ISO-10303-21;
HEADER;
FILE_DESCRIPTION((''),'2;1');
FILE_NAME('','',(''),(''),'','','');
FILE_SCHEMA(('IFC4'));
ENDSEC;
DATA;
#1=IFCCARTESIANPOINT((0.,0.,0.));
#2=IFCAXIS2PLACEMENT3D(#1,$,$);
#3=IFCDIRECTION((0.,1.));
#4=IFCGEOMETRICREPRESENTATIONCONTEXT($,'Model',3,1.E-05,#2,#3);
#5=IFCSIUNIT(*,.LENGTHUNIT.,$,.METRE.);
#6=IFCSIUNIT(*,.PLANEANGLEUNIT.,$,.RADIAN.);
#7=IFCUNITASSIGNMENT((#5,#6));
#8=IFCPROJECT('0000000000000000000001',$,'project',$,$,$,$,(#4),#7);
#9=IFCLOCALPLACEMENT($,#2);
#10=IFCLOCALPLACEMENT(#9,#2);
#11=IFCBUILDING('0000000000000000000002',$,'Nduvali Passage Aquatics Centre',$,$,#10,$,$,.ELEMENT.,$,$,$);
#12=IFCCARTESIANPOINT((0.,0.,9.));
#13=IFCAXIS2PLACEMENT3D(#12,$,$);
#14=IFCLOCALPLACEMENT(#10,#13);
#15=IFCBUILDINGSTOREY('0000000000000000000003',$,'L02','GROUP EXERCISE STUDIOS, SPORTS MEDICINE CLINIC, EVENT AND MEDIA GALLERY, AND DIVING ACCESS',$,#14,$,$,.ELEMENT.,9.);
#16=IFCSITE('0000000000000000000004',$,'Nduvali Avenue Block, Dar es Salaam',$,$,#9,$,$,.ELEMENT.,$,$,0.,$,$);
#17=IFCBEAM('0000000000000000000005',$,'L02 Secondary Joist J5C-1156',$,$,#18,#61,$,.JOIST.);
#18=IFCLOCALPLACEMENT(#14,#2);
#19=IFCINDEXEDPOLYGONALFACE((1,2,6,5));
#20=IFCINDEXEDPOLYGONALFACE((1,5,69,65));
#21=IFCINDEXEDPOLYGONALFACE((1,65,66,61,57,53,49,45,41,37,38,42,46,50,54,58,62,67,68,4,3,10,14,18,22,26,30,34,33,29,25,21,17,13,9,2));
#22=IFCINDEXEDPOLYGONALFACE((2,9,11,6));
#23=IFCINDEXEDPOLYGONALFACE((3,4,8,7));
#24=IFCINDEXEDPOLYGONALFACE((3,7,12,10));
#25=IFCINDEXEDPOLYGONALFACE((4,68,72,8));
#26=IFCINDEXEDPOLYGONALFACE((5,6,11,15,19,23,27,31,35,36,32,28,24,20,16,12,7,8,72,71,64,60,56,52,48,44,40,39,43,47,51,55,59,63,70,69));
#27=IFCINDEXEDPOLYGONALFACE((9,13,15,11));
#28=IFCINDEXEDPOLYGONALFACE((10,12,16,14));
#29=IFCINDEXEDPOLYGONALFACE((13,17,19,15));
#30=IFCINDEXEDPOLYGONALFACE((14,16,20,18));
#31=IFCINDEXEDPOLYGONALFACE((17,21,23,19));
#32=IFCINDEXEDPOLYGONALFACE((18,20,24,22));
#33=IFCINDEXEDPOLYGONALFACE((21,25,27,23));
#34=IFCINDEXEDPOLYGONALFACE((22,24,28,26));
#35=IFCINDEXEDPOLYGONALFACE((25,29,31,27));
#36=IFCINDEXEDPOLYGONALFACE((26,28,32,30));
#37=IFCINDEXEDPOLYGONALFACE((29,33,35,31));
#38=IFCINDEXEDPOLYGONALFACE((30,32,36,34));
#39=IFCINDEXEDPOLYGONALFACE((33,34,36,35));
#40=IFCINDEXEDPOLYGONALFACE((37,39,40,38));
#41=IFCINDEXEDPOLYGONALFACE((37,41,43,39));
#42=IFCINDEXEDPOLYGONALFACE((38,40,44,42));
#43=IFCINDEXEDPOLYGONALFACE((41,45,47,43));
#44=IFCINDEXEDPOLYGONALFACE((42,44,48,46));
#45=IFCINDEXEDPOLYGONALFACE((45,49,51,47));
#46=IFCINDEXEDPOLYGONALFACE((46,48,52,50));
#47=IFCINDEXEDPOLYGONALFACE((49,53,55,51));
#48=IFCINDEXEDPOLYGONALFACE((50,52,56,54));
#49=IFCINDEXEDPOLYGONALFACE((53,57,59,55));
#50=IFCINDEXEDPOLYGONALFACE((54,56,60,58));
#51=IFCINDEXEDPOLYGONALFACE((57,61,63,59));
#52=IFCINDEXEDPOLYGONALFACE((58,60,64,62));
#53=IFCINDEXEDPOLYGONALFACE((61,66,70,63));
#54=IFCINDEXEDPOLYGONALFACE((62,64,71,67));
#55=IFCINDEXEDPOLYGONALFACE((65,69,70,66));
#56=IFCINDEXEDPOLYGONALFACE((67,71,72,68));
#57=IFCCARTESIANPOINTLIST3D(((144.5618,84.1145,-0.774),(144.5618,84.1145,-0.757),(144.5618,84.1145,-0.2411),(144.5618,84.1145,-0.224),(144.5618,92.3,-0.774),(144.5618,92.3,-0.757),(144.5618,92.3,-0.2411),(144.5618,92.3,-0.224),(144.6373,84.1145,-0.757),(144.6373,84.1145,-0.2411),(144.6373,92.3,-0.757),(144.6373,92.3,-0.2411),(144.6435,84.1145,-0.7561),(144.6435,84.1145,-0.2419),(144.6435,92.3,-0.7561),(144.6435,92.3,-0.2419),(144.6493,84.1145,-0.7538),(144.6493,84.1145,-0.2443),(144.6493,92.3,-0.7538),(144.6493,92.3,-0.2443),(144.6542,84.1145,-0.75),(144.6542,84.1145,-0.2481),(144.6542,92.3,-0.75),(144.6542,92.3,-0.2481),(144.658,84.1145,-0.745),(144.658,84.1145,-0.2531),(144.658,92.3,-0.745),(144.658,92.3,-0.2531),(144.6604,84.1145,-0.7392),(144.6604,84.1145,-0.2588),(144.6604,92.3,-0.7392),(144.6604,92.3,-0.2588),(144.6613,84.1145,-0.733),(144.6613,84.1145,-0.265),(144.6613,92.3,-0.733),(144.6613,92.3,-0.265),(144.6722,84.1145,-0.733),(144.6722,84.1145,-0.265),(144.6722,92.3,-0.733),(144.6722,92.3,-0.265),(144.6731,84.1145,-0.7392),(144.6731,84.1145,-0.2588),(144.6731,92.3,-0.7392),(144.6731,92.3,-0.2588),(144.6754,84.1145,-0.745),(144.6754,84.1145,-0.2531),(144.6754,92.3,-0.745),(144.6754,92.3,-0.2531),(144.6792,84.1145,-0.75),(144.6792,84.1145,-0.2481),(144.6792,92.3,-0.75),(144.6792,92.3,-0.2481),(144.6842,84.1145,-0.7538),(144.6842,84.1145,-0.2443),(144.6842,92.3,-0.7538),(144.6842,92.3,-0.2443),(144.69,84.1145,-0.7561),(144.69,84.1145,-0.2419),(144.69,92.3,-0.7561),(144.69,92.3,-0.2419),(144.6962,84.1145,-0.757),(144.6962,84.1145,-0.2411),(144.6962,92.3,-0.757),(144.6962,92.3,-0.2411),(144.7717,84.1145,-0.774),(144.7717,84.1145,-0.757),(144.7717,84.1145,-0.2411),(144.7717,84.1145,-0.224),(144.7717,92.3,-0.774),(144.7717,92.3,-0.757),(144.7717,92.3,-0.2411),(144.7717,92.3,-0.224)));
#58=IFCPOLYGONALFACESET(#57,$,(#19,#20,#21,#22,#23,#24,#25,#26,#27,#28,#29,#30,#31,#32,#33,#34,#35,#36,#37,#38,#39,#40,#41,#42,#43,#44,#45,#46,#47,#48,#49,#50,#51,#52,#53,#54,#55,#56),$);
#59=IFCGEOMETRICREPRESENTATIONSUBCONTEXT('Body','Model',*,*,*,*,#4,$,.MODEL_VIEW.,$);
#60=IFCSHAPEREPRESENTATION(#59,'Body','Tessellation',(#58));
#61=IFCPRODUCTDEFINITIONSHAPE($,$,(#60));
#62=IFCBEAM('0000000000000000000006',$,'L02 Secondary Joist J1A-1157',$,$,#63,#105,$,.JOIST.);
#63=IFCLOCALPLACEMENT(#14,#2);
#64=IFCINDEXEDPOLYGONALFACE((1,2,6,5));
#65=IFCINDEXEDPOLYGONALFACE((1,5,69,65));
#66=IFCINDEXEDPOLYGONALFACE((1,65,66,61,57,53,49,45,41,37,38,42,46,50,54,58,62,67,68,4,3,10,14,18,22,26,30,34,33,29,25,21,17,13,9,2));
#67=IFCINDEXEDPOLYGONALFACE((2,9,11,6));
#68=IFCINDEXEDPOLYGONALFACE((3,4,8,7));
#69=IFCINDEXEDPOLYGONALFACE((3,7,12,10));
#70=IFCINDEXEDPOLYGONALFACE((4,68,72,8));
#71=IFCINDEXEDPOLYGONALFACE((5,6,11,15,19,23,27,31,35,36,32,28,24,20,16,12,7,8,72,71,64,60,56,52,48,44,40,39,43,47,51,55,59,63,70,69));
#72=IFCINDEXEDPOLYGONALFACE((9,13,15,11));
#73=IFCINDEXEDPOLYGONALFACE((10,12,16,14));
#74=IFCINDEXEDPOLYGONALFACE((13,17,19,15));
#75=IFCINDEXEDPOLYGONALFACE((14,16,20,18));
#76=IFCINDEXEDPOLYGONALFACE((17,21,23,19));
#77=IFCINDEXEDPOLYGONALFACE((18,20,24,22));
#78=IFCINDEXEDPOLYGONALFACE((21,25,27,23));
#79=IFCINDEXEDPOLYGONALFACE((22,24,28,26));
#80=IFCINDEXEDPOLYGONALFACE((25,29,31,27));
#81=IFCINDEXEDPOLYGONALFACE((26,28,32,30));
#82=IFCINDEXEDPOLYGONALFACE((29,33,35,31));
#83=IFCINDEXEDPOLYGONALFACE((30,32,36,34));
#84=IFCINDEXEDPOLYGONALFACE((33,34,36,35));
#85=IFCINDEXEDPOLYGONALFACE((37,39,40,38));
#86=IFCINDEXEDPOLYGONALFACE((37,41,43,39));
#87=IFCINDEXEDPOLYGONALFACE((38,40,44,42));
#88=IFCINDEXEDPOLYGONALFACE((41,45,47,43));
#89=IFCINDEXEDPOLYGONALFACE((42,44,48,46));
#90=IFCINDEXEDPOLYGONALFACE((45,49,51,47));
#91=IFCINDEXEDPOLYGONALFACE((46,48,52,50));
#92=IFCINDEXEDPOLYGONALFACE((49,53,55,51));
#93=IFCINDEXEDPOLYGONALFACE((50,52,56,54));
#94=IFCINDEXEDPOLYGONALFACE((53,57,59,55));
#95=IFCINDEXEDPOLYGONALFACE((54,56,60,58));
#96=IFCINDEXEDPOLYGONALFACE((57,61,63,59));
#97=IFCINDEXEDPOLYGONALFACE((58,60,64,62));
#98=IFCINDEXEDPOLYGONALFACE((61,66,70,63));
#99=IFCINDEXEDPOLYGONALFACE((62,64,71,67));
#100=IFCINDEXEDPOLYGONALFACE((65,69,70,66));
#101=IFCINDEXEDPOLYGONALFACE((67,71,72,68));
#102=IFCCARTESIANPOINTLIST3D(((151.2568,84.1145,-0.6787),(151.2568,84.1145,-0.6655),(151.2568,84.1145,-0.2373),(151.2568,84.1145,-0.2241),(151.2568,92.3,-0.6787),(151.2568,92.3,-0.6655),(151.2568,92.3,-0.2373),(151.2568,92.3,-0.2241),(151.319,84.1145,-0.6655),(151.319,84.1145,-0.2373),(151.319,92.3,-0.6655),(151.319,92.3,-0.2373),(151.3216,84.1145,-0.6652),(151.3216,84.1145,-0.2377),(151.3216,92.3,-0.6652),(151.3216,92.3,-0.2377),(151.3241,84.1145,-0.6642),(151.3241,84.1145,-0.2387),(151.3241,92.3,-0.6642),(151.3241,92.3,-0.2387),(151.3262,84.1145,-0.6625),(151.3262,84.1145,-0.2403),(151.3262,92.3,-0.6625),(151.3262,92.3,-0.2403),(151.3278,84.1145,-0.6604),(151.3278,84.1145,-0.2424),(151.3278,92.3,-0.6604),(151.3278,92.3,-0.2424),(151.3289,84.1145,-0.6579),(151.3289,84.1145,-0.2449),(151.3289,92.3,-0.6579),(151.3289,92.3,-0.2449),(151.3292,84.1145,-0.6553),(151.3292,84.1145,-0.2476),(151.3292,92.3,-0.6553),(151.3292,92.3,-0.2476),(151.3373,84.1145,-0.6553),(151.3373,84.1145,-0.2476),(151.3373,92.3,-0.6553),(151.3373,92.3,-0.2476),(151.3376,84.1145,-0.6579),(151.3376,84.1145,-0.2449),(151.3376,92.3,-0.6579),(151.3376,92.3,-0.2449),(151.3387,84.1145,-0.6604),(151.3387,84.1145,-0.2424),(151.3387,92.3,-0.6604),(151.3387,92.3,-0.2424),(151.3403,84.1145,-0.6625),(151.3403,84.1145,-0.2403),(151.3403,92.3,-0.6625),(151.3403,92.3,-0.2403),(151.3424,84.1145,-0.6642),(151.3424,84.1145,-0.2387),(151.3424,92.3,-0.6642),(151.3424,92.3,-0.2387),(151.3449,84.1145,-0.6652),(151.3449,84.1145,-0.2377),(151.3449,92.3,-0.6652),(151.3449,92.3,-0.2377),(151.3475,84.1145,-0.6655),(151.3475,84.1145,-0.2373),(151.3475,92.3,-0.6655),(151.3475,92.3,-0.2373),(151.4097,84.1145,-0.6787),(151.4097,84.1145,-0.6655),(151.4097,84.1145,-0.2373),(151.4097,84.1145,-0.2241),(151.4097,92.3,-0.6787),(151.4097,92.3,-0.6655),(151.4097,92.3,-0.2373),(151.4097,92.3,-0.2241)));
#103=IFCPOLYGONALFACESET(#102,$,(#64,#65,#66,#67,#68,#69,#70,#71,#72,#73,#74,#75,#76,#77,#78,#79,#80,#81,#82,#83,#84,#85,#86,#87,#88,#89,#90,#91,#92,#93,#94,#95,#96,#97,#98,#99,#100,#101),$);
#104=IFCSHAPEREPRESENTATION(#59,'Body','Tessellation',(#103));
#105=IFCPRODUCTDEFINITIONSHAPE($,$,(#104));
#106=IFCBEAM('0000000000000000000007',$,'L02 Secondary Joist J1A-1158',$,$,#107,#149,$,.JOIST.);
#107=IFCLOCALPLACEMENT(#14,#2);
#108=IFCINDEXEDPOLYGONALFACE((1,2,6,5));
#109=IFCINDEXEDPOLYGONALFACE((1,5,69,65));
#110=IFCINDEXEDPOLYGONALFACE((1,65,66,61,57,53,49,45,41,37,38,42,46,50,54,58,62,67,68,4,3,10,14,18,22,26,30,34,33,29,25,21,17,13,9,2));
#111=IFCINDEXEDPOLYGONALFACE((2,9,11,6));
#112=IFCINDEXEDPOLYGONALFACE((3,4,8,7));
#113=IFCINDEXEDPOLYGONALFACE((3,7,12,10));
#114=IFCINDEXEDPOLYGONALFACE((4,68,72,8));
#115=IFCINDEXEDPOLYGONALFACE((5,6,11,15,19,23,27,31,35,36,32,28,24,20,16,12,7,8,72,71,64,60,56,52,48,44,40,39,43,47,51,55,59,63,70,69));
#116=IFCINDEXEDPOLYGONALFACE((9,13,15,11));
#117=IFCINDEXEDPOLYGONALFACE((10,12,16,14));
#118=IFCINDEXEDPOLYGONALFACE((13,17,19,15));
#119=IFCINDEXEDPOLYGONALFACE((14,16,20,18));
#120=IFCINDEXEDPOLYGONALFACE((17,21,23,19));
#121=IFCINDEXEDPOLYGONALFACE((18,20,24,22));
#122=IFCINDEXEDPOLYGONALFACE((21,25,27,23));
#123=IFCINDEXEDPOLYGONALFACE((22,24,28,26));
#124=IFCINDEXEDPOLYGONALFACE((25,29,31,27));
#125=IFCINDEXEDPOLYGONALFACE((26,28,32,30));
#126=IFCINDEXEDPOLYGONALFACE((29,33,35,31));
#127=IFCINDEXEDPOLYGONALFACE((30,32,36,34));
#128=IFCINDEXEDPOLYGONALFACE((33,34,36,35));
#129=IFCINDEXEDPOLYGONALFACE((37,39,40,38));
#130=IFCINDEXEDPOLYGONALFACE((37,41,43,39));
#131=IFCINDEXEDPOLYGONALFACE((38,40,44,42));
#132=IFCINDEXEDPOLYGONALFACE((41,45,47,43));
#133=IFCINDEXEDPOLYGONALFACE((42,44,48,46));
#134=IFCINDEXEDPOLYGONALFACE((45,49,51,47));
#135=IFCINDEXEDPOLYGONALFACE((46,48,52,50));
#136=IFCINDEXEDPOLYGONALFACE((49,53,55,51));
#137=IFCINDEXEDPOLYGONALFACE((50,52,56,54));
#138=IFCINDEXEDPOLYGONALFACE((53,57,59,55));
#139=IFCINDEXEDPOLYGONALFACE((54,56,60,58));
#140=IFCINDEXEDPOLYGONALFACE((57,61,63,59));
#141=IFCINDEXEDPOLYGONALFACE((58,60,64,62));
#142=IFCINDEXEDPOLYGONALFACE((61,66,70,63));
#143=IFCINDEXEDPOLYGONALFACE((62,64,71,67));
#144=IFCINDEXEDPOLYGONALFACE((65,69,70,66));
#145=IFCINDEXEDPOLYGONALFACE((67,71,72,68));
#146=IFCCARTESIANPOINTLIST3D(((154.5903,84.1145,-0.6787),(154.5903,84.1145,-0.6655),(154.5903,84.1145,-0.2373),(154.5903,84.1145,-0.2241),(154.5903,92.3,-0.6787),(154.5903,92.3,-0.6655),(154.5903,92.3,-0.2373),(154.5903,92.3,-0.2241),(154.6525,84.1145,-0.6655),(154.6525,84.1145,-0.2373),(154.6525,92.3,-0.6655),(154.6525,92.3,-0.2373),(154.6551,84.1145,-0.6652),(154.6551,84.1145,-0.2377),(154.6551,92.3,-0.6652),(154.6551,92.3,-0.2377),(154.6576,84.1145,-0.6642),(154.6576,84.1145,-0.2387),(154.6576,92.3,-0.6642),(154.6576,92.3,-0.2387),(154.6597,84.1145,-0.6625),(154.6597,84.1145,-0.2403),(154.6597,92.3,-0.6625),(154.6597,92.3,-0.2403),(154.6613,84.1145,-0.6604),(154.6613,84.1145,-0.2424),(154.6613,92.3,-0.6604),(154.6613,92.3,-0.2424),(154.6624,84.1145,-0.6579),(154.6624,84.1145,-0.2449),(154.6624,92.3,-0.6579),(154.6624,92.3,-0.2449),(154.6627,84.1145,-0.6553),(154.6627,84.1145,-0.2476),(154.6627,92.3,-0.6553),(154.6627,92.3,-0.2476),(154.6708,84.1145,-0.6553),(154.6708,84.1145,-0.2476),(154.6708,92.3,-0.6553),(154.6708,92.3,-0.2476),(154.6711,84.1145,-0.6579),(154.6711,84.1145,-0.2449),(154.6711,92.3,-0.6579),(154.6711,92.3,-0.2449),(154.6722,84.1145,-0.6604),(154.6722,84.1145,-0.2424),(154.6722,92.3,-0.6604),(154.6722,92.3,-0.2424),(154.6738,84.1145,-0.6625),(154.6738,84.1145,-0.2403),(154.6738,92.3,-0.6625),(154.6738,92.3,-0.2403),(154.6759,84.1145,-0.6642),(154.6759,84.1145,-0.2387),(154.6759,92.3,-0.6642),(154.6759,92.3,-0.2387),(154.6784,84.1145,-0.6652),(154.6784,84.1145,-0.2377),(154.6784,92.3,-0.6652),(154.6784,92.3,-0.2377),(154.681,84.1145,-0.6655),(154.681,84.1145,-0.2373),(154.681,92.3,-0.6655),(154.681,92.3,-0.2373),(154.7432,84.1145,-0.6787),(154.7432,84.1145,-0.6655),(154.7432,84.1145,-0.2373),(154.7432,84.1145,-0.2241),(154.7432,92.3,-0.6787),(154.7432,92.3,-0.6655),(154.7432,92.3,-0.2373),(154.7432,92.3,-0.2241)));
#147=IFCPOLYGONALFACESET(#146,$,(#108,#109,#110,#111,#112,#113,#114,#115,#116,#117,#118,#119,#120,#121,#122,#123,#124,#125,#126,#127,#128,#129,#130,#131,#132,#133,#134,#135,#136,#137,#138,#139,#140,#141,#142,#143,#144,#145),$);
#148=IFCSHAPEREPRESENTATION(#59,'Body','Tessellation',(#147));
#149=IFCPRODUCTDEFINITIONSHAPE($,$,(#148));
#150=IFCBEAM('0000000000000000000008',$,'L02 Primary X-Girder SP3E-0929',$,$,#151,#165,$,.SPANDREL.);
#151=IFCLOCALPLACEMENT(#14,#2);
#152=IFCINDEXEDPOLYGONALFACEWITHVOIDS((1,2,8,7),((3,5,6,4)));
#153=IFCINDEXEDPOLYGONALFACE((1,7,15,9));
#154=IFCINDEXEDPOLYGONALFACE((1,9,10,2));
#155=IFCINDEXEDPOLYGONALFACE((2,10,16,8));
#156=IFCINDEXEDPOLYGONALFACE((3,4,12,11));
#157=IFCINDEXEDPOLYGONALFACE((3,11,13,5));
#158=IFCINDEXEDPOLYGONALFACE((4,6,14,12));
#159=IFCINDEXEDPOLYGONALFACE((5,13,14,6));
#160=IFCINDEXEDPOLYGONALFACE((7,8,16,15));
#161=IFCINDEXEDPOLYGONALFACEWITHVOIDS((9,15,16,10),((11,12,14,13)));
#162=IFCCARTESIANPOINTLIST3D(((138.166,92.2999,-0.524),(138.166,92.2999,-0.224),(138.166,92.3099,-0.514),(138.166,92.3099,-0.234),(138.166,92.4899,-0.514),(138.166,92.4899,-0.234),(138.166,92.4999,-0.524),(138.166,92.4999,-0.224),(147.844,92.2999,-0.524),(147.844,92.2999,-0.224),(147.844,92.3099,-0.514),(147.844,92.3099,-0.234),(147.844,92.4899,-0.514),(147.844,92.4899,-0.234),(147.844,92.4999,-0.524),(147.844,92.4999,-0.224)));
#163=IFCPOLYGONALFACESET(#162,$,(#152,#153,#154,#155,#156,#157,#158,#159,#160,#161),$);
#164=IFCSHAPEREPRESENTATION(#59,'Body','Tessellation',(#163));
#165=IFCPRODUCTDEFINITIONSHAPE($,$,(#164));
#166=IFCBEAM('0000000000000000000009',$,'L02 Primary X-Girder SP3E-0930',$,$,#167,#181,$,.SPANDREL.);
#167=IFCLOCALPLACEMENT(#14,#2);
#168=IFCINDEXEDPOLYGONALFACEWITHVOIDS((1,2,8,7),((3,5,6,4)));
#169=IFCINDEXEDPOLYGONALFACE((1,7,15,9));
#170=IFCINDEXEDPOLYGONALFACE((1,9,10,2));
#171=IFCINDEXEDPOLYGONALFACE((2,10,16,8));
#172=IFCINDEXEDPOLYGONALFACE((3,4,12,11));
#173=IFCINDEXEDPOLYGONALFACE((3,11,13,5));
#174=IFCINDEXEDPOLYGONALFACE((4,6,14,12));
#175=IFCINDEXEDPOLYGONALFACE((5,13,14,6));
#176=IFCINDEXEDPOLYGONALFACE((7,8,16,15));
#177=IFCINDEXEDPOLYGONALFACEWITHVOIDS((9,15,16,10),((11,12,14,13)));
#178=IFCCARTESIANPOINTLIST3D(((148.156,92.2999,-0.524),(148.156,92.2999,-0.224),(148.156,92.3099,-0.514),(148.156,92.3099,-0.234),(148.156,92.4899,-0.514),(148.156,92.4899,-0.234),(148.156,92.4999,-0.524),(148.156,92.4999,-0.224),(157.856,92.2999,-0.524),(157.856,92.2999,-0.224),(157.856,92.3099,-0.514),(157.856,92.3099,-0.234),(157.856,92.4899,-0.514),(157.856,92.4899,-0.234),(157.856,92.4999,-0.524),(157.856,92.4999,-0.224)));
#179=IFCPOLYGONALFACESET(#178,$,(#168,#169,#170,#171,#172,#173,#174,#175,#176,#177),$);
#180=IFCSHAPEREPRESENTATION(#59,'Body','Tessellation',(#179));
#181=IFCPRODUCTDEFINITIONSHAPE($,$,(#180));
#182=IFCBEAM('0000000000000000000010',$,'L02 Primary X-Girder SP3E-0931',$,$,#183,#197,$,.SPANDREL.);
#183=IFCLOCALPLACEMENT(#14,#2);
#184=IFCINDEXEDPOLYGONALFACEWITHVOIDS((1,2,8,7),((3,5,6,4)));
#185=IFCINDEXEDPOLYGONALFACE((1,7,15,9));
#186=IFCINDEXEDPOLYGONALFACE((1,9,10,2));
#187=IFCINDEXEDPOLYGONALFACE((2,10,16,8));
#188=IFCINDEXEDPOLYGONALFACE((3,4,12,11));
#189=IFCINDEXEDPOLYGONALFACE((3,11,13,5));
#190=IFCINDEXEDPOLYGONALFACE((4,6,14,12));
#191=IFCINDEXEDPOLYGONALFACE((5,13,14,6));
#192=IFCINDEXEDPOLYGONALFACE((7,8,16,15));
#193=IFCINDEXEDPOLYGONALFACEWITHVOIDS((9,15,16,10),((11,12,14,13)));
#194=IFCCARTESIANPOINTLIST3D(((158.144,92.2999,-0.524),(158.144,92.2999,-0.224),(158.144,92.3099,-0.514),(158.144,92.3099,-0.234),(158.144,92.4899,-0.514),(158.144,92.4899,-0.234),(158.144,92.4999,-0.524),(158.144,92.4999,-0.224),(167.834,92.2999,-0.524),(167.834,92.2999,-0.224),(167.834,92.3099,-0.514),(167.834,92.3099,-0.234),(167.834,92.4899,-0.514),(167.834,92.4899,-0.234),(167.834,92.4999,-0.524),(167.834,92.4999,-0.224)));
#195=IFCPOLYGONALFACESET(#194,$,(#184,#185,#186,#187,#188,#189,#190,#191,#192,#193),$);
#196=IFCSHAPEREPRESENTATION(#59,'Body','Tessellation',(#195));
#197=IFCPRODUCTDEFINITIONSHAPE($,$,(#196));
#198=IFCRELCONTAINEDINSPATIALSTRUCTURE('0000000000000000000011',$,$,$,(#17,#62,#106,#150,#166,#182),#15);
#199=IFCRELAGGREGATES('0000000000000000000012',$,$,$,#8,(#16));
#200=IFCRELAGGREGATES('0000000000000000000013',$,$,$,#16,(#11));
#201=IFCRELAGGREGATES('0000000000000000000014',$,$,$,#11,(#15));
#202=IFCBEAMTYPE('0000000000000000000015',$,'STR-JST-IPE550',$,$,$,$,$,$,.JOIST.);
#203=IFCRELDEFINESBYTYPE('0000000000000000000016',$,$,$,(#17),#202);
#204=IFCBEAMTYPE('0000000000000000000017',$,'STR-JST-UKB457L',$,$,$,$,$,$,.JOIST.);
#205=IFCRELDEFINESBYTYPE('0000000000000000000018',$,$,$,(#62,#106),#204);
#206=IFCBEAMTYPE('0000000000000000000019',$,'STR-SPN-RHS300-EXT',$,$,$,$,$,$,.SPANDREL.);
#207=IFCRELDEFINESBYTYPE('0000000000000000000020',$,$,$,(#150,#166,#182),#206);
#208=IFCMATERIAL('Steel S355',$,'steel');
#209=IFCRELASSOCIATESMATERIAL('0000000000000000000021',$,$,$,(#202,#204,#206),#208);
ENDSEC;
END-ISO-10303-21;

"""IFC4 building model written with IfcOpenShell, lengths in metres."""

from ifc_helpers import new_model, si_unit, direction, frame, origin, origin_2d, place, context, subcontext, project, spatial, hollow_rectangle, i_section, extrude, material, material_profile, profile_set, type_object, element, save


model = new_model("IFC4")

# Units and contexts
model_context = context("Model", 3, precision=1e-05, world=origin(), true_north=direction((0.0, 1.0)))
body_context = subcontext(model_context, "Body", "Model", "MODEL_VIEW")
ifc_project = project(units=[si_unit("LENGTHUNIT", "METRE"), si_unit("PLANEANGLEUNIT", "RADIAN")], contexts=[model_context])

# Site, building, storey
site_placement = place(None, origin())
site = spatial("IfcSite", under=ifc_project, at=site_placement, Name="Nduvali Avenue Block, Dar es Salaam", CompositionType="ELEMENT", RefElevation=0.0)
building_placement = place(site_placement, origin())
building = spatial("IfcBuilding", under=site, at=building_placement, Name="Nduvali Passage Aquatics Centre", CompositionType="ELEMENT")
storey_placement = place(building_placement, frame((0.0, 0.0, 9.0)))
storey = spatial("IfcBuildingStorey", under=building, at=storey_placement, Name="L02", Description="GROUP EXERCISE STUDIOS, SPORTS MEDICINE CLINIC, EVENT AND MEDIA GALLERY, AND DIVING ACCESS", CompositionType="ELEMENT", Elevation=9.0)

# Shared definitions
ifc_material_1 = material(Name="Steel S355", Category="steel")

# Beams
ifc_material_profile_1 = material_profile(ifc_material_1, i_section(OverallWidth=0.21, OverallDepth=0.55, WebThickness=0.011, FlangeThickness=0.0171, FilletRadius=0.0239, at=origin_2d()), Name="IPE 550")
ifc_profile_set_1 = profile_set([ifc_material_profile_1], Name="Steel S355")
beam_type_1 = type_object("IfcBeamType", Name="STR-JST-IPE550", PredefinedType="JOIST", material=ifc_profile_set_1)
for number, where, z_axis, x_axis, name in (
    (1, (144.6667, 84.1145, -0.499), (0.0, 1.0, 0.0), (-1.0, 0.0, 0.0), "L02 Secondary Joist J5C-1156"),
):
    element("IfcBeam", number, at=place(storey_placement, frame(where, z_axis=z_axis, x_axis=x_axis)), inside=storey, type_object=beam_type_1, Name=name, PredefinedType="JOIST", context=body_context, shape_type="SweptSolid", body=[
        extrude(i_section(OverallWidth=0.21, OverallDepth=0.55, WebThickness=0.011, FlangeThickness=0.0171, FilletRadius=0.0239, at=origin_2d()), origin(), (0.0, 0.0, 1.0), 8.1855),
    ])
ifc_material_profile_2 = material_profile(ifc_material_1, i_section(OverallWidth=0.1528, OverallDepth=0.4546, WebThickness=0.0081, FlangeThickness=0.0132, FilletRadius=0.0103, at=origin_2d()), Name="UKB 457x152x60")
ifc_profile_set_2 = profile_set([ifc_material_profile_2], Name="Steel S355")
beam_type_2 = type_object("IfcBeamType", Name="STR-JST-UKB457L", PredefinedType="JOIST", material=ifc_profile_set_2)
for number, where, z_axis, x_axis, name in (
    (2, (151.3333, 84.1145, -0.4514), (0.0, 1.0, 0.0), (-1.0, 0.0, 0.0), "L02 Secondary Joist J1A-1157"),
    (3, (154.6667, 84.1145, -0.4514), (0.0, 1.0, 0.0), (-1.0, 0.0, 0.0), "L02 Secondary Joist J1A-1158"),
):
    element("IfcBeam", number, at=place(storey_placement, frame(where, z_axis=z_axis, x_axis=x_axis)), inside=storey, type_object=beam_type_2, Name=name, PredefinedType="JOIST", context=body_context, shape_type="SweptSolid", body=[
        extrude(i_section(OverallWidth=0.1528, OverallDepth=0.4546, WebThickness=0.0081, FlangeThickness=0.0132, FilletRadius=0.0103, at=origin_2d()), origin(), (0.0, 0.0, 1.0), 8.1855),
    ])
ifc_material_profile_3 = material_profile(ifc_material_1, hollow_rectangle(XDim=0.2, YDim=0.3, WallThickness=0.01, at=origin_2d()), Name="RHS 300x200x10.0")
ifc_profile_set_3 = profile_set([ifc_material_profile_3], Name="Steel S355")
beam_type_3 = type_object("IfcBeamType", Name="STR-SPN-RHS300-EXT", PredefinedType="SPANDREL", material=ifc_profile_set_3)
beam_1_placement = place(storey_placement, frame((138.166, 92.3999, -0.374), z_axis=(1.0, 0.0, 0.0), x_axis=(0.0, 1.0, 0.0)))
element("IfcBeam", 4, at=beam_1_placement, inside=storey, type_object=beam_type_3, Name="L02 Primary X-Girder SP3E-0929", PredefinedType="SPANDREL", context=body_context, shape_type="SweptSolid", body=[
    extrude(hollow_rectangle(XDim=0.2, YDim=0.3, WallThickness=0.01, at=origin_2d()), origin(), (0.0, 0.0, 1.0), 9.678),
])
beam_2_placement = place(storey_placement, frame((148.156, 92.3999, -0.374), z_axis=(1.0, 0.0, 0.0), x_axis=(0.0, 1.0, 0.0)))
element("IfcBeam", 5, at=beam_2_placement, inside=storey, type_object=beam_type_3, Name="L02 Primary X-Girder SP3E-0930", PredefinedType="SPANDREL", context=body_context, shape_type="SweptSolid", body=[
    extrude(hollow_rectangle(XDim=0.2, YDim=0.3, WallThickness=0.01, at=origin_2d()), origin(), (0.0, 0.0, 1.0), 9.7),
])
beam_3_placement = place(storey_placement, frame((158.144, 92.3999, -0.374), z_axis=(1.0, 0.0, 0.0), x_axis=(0.0, 1.0, 0.0)))
element("IfcBeam", 6, at=beam_3_placement, inside=storey, type_object=beam_type_3, Name="L02 Primary X-Girder SP3E-0931", PredefinedType="SPANDREL", context=body_context, shape_type="SweptSolid", body=[
    extrude(hollow_rectangle(XDim=0.2, YDim=0.3, WallThickness=0.01, at=origin_2d()), origin(), (0.0, 0.0, 1.0), 9.6899),
])

save(model, "model.ifc")
